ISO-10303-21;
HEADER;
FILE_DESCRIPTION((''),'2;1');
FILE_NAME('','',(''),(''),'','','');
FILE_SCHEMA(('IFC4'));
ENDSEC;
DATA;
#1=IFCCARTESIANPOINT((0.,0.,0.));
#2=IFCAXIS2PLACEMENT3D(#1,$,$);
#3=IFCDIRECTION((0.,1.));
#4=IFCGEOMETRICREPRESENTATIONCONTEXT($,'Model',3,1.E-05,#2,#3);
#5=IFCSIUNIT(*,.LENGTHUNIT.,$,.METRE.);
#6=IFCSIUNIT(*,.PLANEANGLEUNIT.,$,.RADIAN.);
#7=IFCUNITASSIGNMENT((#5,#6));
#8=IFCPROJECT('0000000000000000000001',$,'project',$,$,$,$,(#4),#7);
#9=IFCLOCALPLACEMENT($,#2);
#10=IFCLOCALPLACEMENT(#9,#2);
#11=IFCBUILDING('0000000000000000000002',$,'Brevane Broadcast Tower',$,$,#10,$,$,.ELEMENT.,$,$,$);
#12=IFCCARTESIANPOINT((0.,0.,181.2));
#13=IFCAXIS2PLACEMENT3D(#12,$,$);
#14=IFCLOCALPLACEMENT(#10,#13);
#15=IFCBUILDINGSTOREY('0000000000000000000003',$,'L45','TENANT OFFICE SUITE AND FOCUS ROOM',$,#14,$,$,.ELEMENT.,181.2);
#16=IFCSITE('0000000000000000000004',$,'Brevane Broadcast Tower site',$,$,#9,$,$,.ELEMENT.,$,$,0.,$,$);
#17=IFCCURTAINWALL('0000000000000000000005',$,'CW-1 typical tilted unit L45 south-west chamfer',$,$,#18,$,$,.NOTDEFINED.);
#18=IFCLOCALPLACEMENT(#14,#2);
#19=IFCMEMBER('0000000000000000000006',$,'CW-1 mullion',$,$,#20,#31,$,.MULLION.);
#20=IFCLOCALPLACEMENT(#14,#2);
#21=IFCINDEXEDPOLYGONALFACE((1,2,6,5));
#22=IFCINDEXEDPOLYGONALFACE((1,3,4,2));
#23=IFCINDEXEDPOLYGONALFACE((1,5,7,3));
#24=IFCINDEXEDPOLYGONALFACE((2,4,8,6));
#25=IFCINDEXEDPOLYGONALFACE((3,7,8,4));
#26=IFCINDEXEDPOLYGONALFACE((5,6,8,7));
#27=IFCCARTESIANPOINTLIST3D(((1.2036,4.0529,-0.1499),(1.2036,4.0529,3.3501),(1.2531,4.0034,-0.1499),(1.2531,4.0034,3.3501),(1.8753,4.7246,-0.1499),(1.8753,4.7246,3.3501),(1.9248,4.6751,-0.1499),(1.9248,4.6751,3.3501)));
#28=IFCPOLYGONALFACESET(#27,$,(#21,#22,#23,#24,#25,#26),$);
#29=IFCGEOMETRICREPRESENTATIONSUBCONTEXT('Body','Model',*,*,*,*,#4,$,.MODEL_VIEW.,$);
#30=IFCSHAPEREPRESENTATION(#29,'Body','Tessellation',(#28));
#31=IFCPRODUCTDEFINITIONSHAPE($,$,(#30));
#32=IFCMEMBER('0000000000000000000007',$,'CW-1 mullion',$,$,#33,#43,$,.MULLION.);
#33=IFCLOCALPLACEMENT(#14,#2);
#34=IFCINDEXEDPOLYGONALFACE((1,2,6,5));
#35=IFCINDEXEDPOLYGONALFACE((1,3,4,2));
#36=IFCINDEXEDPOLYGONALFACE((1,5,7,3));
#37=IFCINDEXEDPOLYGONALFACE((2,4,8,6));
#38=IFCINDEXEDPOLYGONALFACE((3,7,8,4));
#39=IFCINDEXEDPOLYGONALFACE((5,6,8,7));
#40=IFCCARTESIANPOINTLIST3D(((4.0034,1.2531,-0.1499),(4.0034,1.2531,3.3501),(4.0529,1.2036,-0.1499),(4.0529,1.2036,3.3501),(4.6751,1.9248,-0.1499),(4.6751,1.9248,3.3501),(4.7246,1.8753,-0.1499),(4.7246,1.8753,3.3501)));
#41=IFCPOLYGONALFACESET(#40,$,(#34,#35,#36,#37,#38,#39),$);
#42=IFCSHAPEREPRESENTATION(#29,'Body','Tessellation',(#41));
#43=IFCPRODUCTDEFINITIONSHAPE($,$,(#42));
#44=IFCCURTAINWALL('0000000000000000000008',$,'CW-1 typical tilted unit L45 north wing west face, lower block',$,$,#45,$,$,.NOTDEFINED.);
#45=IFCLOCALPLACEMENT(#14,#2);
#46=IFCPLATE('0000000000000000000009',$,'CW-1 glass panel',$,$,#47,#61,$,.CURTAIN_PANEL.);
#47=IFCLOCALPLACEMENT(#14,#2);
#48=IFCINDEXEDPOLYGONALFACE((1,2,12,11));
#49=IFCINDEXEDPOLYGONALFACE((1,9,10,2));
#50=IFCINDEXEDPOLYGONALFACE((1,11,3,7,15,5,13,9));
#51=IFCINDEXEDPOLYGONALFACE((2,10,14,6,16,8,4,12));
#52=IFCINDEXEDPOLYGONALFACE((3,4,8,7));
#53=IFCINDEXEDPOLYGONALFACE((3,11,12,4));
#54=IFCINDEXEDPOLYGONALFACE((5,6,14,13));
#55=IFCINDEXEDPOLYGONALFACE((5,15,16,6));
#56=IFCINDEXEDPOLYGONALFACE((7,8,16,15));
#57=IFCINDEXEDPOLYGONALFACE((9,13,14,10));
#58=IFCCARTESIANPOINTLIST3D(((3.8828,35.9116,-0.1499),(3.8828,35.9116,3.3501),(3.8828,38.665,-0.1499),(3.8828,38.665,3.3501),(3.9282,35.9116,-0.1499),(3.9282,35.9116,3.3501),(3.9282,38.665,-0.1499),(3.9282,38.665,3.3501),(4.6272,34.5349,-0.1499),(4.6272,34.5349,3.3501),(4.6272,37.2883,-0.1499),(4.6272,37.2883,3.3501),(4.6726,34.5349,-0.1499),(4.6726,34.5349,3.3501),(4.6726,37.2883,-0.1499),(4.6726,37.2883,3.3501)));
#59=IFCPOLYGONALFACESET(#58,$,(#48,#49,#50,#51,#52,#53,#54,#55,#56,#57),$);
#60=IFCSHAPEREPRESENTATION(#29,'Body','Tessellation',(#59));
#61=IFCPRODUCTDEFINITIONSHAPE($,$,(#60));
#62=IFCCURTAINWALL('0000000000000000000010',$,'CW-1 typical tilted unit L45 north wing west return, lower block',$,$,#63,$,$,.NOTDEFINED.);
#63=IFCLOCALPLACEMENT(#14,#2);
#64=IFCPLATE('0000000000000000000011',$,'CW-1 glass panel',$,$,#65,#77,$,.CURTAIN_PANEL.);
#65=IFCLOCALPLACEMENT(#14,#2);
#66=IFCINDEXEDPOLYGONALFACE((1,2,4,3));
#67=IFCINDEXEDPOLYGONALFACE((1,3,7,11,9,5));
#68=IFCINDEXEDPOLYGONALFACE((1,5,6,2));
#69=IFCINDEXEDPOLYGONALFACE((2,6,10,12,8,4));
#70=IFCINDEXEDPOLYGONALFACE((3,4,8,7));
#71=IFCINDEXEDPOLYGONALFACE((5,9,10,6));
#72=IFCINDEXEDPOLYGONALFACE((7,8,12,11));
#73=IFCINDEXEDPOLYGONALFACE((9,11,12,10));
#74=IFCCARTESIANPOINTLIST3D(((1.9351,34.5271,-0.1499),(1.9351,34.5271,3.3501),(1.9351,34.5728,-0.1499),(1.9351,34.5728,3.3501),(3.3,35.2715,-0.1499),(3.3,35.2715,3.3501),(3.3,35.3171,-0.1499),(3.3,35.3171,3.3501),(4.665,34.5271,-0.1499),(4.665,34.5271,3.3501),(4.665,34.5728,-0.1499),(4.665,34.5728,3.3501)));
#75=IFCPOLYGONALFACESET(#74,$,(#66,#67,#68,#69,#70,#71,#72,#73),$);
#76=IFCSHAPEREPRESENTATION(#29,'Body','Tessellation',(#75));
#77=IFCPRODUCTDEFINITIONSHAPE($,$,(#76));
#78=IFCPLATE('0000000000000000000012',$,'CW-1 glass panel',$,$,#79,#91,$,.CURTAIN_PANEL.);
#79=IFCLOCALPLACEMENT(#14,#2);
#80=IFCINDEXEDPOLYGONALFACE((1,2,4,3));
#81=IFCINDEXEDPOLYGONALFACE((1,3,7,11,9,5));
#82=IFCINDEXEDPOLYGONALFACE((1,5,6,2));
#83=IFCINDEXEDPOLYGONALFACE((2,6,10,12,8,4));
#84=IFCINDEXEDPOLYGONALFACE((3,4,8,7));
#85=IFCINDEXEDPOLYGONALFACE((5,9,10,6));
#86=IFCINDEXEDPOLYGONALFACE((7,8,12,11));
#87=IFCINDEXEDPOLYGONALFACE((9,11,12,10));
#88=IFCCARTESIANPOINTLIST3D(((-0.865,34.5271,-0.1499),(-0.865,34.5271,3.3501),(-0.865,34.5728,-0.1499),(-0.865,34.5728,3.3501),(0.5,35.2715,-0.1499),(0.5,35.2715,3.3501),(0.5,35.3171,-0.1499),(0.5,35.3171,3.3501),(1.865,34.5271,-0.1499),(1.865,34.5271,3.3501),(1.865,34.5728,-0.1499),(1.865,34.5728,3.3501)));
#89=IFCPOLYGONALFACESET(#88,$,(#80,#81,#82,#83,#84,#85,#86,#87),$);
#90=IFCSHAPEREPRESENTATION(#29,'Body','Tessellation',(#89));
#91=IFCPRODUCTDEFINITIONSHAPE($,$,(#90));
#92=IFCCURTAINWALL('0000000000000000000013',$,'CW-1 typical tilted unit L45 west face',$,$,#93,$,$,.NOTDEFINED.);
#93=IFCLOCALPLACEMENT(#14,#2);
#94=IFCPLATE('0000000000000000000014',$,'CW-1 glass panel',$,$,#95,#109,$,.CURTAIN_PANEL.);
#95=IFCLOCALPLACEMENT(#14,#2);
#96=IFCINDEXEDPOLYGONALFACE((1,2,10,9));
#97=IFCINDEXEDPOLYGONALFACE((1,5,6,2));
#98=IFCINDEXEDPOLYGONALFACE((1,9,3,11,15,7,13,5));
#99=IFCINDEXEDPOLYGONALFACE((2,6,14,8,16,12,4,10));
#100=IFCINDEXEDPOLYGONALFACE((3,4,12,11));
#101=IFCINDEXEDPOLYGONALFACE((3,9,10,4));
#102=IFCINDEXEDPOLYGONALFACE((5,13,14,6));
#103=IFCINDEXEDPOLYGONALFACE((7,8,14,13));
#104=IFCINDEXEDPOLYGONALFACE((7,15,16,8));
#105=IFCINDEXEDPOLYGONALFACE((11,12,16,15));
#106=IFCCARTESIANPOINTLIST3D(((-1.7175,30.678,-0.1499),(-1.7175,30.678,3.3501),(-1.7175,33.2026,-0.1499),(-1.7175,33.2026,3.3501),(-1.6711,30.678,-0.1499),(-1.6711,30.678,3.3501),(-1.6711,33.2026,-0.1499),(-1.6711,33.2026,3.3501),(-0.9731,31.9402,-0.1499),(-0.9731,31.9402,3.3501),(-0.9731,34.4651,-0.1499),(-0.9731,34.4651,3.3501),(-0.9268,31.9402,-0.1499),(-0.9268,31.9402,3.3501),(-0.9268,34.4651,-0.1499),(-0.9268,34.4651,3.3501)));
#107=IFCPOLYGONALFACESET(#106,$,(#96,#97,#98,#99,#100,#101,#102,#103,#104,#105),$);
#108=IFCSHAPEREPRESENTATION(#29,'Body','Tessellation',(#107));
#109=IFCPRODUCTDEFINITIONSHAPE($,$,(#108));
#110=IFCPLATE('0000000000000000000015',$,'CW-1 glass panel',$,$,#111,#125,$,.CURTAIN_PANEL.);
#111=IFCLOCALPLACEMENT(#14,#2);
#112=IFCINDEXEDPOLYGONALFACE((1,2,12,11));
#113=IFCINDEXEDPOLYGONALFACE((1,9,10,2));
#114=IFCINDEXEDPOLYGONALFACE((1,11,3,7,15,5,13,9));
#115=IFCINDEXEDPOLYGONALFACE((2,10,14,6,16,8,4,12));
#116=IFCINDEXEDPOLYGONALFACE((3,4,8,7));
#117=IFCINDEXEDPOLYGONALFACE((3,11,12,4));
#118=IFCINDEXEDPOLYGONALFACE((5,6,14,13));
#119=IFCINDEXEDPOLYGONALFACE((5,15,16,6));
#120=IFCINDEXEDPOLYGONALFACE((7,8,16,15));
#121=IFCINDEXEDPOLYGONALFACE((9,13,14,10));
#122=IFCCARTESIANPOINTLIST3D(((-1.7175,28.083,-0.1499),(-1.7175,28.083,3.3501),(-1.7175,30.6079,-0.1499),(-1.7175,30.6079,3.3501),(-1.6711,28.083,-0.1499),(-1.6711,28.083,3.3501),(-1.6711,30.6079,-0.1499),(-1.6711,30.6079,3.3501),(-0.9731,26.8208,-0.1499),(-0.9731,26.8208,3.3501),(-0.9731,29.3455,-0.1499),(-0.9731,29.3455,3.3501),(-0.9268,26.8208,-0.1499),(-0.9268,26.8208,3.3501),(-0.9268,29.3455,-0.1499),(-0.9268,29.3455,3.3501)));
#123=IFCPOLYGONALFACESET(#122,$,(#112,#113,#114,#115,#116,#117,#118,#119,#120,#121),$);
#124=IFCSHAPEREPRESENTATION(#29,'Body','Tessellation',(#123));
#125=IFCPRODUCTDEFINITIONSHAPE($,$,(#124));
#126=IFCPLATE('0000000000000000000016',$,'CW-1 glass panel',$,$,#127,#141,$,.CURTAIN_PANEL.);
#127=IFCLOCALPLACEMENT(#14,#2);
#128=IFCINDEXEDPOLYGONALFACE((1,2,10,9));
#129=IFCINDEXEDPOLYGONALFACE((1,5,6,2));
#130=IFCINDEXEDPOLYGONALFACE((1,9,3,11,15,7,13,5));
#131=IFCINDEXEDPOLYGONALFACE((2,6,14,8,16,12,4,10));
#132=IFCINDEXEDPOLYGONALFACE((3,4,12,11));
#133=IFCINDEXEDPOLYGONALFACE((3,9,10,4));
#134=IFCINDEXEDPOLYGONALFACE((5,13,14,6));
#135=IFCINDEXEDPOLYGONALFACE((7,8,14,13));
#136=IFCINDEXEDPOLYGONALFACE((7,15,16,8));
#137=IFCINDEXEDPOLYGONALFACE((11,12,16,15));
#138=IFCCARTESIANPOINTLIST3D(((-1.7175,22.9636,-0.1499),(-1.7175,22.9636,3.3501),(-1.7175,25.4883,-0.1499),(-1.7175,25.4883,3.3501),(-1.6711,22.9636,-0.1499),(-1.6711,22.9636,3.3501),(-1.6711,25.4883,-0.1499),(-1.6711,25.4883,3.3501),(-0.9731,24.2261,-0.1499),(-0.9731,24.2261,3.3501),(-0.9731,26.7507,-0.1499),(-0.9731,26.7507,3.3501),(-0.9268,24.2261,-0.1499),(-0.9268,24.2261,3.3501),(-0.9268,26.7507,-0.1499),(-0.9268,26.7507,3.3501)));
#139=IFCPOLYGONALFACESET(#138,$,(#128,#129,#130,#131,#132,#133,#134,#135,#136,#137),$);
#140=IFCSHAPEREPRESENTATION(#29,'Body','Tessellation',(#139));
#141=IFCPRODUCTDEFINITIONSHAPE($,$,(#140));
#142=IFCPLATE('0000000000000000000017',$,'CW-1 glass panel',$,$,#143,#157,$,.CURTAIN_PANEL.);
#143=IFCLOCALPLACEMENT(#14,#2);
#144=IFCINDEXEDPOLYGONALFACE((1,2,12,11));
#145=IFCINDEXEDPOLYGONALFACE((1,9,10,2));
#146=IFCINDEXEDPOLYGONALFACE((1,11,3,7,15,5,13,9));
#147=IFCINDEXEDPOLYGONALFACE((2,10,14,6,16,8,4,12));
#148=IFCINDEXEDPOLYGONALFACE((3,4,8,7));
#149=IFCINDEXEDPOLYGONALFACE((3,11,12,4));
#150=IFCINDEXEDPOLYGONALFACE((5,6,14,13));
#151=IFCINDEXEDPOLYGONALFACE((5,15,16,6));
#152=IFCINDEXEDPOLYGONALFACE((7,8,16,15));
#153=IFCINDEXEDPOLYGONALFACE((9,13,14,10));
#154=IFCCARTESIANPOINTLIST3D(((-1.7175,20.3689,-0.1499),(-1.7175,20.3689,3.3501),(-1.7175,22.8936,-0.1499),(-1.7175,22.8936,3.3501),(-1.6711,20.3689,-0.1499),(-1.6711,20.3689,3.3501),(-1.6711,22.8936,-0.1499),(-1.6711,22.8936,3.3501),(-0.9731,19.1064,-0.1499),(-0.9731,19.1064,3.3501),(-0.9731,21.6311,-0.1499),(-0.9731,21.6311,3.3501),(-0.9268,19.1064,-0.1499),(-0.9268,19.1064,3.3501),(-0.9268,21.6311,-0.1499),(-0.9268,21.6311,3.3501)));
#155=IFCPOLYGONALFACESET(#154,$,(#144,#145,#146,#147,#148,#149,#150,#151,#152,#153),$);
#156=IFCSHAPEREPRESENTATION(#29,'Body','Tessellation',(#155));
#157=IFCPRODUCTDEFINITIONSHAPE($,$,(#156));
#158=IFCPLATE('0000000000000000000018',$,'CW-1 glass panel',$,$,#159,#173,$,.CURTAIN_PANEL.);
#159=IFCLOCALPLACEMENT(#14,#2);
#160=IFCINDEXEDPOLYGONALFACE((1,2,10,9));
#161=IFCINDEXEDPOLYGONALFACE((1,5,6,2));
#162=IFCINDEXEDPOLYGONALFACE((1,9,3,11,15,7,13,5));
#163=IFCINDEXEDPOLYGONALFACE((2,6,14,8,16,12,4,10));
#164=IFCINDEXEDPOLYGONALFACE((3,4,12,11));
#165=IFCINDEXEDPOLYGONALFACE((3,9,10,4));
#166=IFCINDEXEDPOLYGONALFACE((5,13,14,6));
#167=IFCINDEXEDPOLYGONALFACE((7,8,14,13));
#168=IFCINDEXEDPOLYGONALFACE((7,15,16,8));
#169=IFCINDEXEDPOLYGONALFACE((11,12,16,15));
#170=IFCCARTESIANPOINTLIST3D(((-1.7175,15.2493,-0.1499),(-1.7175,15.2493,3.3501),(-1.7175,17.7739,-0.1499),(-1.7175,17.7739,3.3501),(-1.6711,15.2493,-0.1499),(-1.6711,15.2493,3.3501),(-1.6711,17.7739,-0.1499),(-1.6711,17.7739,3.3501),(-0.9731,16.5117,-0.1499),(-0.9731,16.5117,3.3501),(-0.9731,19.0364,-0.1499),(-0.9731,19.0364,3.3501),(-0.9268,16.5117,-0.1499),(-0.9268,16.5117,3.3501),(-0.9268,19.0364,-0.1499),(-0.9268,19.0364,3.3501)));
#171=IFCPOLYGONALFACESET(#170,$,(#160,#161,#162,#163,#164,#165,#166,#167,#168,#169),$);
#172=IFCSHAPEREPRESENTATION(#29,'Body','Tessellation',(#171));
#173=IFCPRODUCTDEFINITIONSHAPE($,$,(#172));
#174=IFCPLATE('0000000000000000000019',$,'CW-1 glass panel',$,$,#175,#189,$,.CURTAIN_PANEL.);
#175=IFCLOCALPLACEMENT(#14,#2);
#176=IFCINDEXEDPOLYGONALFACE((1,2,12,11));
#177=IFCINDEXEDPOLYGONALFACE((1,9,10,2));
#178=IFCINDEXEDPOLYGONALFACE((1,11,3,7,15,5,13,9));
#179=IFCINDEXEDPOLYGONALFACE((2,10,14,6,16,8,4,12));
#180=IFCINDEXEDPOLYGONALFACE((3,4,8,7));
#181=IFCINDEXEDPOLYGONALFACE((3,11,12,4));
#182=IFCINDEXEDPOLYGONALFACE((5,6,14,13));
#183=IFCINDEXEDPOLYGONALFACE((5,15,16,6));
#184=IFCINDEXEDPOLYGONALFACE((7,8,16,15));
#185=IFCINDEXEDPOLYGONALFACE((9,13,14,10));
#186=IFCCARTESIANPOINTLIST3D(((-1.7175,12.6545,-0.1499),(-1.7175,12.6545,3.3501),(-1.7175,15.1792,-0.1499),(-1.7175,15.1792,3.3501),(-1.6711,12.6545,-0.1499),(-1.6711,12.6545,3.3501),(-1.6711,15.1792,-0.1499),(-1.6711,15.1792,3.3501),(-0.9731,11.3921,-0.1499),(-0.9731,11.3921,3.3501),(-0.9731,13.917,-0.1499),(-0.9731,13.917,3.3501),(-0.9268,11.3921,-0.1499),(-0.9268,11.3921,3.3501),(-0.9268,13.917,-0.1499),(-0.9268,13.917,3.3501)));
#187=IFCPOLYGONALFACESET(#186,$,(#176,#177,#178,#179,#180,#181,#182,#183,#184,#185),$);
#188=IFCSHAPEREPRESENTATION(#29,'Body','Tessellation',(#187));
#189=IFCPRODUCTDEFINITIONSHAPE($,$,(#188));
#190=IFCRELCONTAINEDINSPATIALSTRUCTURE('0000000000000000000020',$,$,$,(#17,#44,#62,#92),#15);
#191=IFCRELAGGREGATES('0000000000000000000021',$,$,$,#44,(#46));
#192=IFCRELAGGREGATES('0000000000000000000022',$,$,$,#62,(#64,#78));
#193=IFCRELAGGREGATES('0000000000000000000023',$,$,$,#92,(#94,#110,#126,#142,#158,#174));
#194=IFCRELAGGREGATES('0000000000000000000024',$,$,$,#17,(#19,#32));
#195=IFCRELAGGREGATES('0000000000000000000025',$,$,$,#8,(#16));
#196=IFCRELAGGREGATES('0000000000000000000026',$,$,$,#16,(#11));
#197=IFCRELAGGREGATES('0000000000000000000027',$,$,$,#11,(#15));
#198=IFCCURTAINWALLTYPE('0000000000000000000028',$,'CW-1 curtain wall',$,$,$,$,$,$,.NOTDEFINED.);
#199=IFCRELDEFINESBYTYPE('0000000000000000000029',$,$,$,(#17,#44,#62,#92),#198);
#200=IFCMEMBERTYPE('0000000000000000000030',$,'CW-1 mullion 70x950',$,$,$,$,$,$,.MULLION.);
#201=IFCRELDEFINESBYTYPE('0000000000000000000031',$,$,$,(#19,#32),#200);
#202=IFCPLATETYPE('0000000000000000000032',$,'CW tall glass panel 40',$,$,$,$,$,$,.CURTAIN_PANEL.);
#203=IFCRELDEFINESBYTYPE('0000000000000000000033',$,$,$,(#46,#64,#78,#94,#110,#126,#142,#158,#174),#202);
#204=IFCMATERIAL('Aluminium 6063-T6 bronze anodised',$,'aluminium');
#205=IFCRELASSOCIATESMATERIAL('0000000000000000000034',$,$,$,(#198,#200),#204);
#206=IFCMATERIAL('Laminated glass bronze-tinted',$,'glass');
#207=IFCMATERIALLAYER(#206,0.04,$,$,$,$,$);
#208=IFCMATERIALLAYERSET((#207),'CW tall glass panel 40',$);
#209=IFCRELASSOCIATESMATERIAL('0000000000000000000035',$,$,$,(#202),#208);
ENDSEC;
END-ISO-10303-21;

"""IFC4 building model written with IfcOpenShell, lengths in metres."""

from ifc_helpers import new_model, si_unit, direction, frame, origin, origin_2d, place, context, subcontext, project, spatial, polyline, rectangle, outline, extrude, material, layer, layer_set, material_profile, profile_set, type_object, element, aggregate, save


model = new_model("IFC4")

# Units and contexts
model_context = context("Model", 3, precision=1e-05, world=origin(), true_north=direction((0.0, 1.0)))
body_context = subcontext(model_context, "Body", "Model", "MODEL_VIEW")
ifc_project = project(units=[si_unit("LENGTHUNIT", "METRE"), si_unit("PLANEANGLEUNIT", "RADIAN")], contexts=[model_context])

# Site, building, storey
site_placement = place(None, origin())
site = spatial("IfcSite", under=ifc_project, at=site_placement, Name="Brevane Broadcast Tower site", CompositionType="ELEMENT", RefElevation=0.0)
building_placement = place(site_placement, origin())
building = spatial("IfcBuilding", under=site, at=building_placement, Name="Brevane Broadcast Tower", CompositionType="ELEMENT")
storey_placement = place(building_placement, frame((0.0, 0.0, 181.2)))
storey = spatial("IfcBuildingStorey", under=building, at=storey_placement, Name="L45", Description="TENANT OFFICE SUITE AND FOCUS ROOM", CompositionType="ELEMENT", Elevation=181.2)

# Curtain wall, members
ifc_material_1 = material(Name="Aluminium 6063-T6 bronze anodised", Category="aluminium")
curtain_wall_type = type_object("IfcCurtainWallType", Name="CW-1 curtain wall", PredefinedType="NOTDEFINED", material=ifc_material_1)
curtain_wall_1_placement = place(storey_placement, origin())
curtain_wall_1 = element("IfcCurtainWall", 1, at=curtain_wall_1_placement, inside=storey, type_object=curtain_wall_type, Name="CW-1 typical tilted unit L45 south-west chamfer", PredefinedType="NOTDEFINED")
ifc_material_profile = material_profile(ifc_material_1, rectangle(XDim=0.95, YDim=0.0701, at=origin_2d()), Name="RECT 70x950")
ifc_profile_set = profile_set([ifc_material_profile], Name="Aluminium 6063-T6 bronze anodised")
member_type = type_object("IfcMemberType", Name="CW-1 mullion 70x950", PredefinedType="MULLION", material=ifc_profile_set)
member_1_placement = place(storey_placement, frame((1.5642, 4.364, -0.1499), z_axis=(0.0, 0.0, 1.0), x_axis=(0.707107, 0.707107, 0.0)))
member_1 = element("IfcMember", 2, at=member_1_placement, type_object=member_type, Name="CW-1 mullion", PredefinedType="MULLION", context=body_context, shape_type="SweptSolid", body=[
    extrude(rectangle(XDim=0.95, YDim=0.0701, at=origin_2d()), origin(), (0.0, 0.0, 1.0), 3.5),
])
member_2_placement = place(storey_placement, frame((4.364, 1.5642, -0.1499), z_axis=(0.0, 0.0, 1.0), x_axis=(0.707107, 0.707107, 0.0)))
member_2 = element("IfcMember", 3, at=member_2_placement, type_object=member_type, Name="CW-1 mullion", PredefinedType="MULLION", context=body_context, shape_type="SweptSolid", body=[
    extrude(rectangle(XDim=0.95, YDim=0.0701, at=origin_2d()), origin(), (0.0, 0.0, 1.0), 3.5),
])

# Curtain wall, plate
curtain_wall_2_placement = place(storey_placement, origin())
curtain_wall_2 = element("IfcCurtainWall", 4, at=curtain_wall_2_placement, inside=storey, type_object=curtain_wall_type, Name="CW-1 typical tilted unit L45 north wing west face, lower block", PredefinedType="NOTDEFINED")
ifc_material_2 = material(Name="Laminated glass bronze-tinted", Category="glass")
ifc_layer_1 = layer(ifc_material_2, 0.04)
ifc_layer_set_1 = layer_set([ifc_layer_1], Name="CW tall glass panel 40")
plate_type = type_object("IfcPlateType", Name="CW tall glass panel 40", PredefinedType="CURTAIN_PANEL", material=ifc_layer_set_1)
plate_1_placement = place(storey_placement, frame((0.0, 0.0, -0.1499)))
plate_1 = element("IfcPlate", 5, at=plate_1_placement, type_object=plate_type, Name="CW-1 glass panel", PredefinedType="CURTAIN_PANEL", context=body_context, shape_type="SweptSolid", body=[
    extrude(outline(polyline([(3.9282, 38.665), (3.8828, 38.665), (4.6272, 37.2883), (3.8828, 35.9116), (4.6272, 34.5349), (4.6726, 34.5349), (3.9282, 35.9116), (4.6726, 37.2883), (3.9282, 38.665)])), origin(), (0.0, 0.0, 1.0), 3.5),
])
aggregate(curtain_wall_2, [plate_1])

# Curtain walls, plates
curtain_wall_3_placement = place(storey_placement, origin())
curtain_wall_3 = element("IfcCurtainWall", 6, at=curtain_wall_3_placement, inside=storey, type_object=curtain_wall_type, Name="CW-1 typical tilted unit L45 north wing west return, lower block", PredefinedType="NOTDEFINED")
plate_2_placement = place(storey_placement, frame((0.0, 0.0, -0.1499)))
plate_2 = element("IfcPlate", 7, at=plate_2_placement, type_object=plate_type, Name="CW-1 glass panel", PredefinedType="CURTAIN_PANEL", context=body_context, shape_type="SweptSolid", body=[
    extrude(outline(polyline([(4.665, 34.5271), (4.665, 34.5728), (3.3, 35.3171), (1.9351, 34.5728), (1.9351, 34.5271), (3.3, 35.2715), (4.665, 34.5271)])), origin(), (0.0, 0.0, 1.0), 3.5),
])
plate_3_placement = place(storey_placement, frame((0.0, 0.0, -0.1499)))
plate_3 = element("IfcPlate", 8, at=plate_3_placement, type_object=plate_type, Name="CW-1 glass panel", PredefinedType="CURTAIN_PANEL", context=body_context, shape_type="SweptSolid", body=[
    extrude(outline(polyline([(1.865, 34.5271), (1.865, 34.5728), (0.5, 35.3171), (-0.865, 34.5728), (-0.865, 34.5271), (0.5, 35.2715), (1.865, 34.5271)])), origin(), (0.0, 0.0, 1.0), 3.5),
])
aggregate(curtain_wall_3, [plate_2, plate_3])
curtain_wall_4_placement = place(storey_placement, origin())
curtain_wall_4 = element("IfcCurtainWall", 9, at=curtain_wall_4_placement, inside=storey, type_object=curtain_wall_type, Name="CW-1 typical tilted unit L45 west face", PredefinedType="NOTDEFINED")
plate_4_placement = place(storey_placement, frame((0.0, 0.0, -0.1499)))
plate_4 = element("IfcPlate", 10, at=plate_4_placement, type_object=plate_type, Name="CW-1 glass panel", PredefinedType="CURTAIN_PANEL", context=body_context, shape_type="SweptSolid", body=[
    extrude(outline(polyline([(-0.9268, 34.4651), (-0.9731, 34.4651), (-1.7175, 33.2026), (-0.9731, 31.9402), (-1.7175, 30.678), (-1.6711, 30.678), (-0.9268, 31.9402), (-1.6711, 33.2026), (-0.9268, 34.4651)])), origin(), (0.0, 0.0, 1.0), 3.5),
])
plate_5_placement = place(storey_placement, frame((0.0, 0.0, -0.1499)))
plate_5 = element("IfcPlate", 11, at=plate_5_placement, type_object=plate_type, Name="CW-1 glass panel", PredefinedType="CURTAIN_PANEL", context=body_context, shape_type="SweptSolid", body=[
    extrude(outline(polyline([(-1.6711, 30.6079), (-1.7175, 30.6079), (-0.9731, 29.3455), (-1.7175, 28.083), (-0.9731, 26.8208), (-0.9268, 26.8208), (-1.6711, 28.083), (-0.9268, 29.3455), (-1.6711, 30.6079)])), origin(), (0.0, 0.0, 1.0), 3.5),
])
plate_6_placement = place(storey_placement, frame((0.0, 0.0, -0.1499)))
plate_6 = element("IfcPlate", 12, at=plate_6_placement, type_object=plate_type, Name="CW-1 glass panel", PredefinedType="CURTAIN_PANEL", context=body_context, shape_type="SweptSolid", body=[
    extrude(outline(polyline([(-0.9268, 26.7507), (-0.9731, 26.7507), (-1.7175, 25.4883), (-0.9731, 24.2261), (-1.7175, 22.9636), (-1.6711, 22.9636), (-0.9268, 24.2261), (-1.6711, 25.4883), (-0.9268, 26.7507)])), origin(), (0.0, 0.0, 1.0), 3.5),
])
plate_7_placement = place(storey_placement, frame((0.0, 0.0, -0.1499)))
plate_7 = element("IfcPlate", 13, at=plate_7_placement, type_object=plate_type, Name="CW-1 glass panel", PredefinedType="CURTAIN_PANEL", context=body_context, shape_type="SweptSolid", body=[
    extrude(outline(polyline([(-1.6711, 22.8936), (-1.7175, 22.8936), (-0.9731, 21.6311), (-1.7175, 20.3689), (-0.9731, 19.1064), (-0.9268, 19.1064), (-1.6711, 20.3689), (-0.9268, 21.6311), (-1.6711, 22.8936)])), origin(), (0.0, 0.0, 1.0), 3.5),
])
plate_8_placement = place(storey_placement, frame((0.0, 0.0, -0.1499)))
plate_8 = element("IfcPlate", 14, at=plate_8_placement, type_object=plate_type, Name="CW-1 glass panel", PredefinedType="CURTAIN_PANEL", context=body_context, shape_type="SweptSolid", body=[
    extrude(outline(polyline([(-0.9268, 19.0364), (-0.9731, 19.0364), (-1.7175, 17.7739), (-0.9731, 16.5117), (-1.7175, 15.2493), (-1.6711, 15.2493), (-0.9268, 16.5117), (-1.6711, 17.7739), (-0.9268, 19.0364)])), origin(), (0.0, 0.0, 1.0), 3.5),
])
plate_9_placement = place(storey_placement, frame((0.0, 0.0, -0.1499)))
plate_9 = element("IfcPlate", 15, at=plate_9_placement, type_object=plate_type, Name="CW-1 glass panel", PredefinedType="CURTAIN_PANEL", context=body_context, shape_type="SweptSolid", body=[
    extrude(outline(polyline([(-1.6711, 15.1792), (-1.7175, 15.1792), (-0.9731, 13.917), (-1.7175, 12.6545), (-0.9731, 11.3921), (-0.9268, 11.3921), (-1.6711, 12.6545), (-0.9268, 13.917), (-1.6711, 15.1792)])), origin(), (0.0, 0.0, 1.0), 3.5),
])
aggregate(curtain_wall_4, [plate_4, plate_5, plate_6, plate_7, plate_8, plate_9])

aggregate(curtain_wall_1, [member_1, member_2])

save(model, "model.ifc")
